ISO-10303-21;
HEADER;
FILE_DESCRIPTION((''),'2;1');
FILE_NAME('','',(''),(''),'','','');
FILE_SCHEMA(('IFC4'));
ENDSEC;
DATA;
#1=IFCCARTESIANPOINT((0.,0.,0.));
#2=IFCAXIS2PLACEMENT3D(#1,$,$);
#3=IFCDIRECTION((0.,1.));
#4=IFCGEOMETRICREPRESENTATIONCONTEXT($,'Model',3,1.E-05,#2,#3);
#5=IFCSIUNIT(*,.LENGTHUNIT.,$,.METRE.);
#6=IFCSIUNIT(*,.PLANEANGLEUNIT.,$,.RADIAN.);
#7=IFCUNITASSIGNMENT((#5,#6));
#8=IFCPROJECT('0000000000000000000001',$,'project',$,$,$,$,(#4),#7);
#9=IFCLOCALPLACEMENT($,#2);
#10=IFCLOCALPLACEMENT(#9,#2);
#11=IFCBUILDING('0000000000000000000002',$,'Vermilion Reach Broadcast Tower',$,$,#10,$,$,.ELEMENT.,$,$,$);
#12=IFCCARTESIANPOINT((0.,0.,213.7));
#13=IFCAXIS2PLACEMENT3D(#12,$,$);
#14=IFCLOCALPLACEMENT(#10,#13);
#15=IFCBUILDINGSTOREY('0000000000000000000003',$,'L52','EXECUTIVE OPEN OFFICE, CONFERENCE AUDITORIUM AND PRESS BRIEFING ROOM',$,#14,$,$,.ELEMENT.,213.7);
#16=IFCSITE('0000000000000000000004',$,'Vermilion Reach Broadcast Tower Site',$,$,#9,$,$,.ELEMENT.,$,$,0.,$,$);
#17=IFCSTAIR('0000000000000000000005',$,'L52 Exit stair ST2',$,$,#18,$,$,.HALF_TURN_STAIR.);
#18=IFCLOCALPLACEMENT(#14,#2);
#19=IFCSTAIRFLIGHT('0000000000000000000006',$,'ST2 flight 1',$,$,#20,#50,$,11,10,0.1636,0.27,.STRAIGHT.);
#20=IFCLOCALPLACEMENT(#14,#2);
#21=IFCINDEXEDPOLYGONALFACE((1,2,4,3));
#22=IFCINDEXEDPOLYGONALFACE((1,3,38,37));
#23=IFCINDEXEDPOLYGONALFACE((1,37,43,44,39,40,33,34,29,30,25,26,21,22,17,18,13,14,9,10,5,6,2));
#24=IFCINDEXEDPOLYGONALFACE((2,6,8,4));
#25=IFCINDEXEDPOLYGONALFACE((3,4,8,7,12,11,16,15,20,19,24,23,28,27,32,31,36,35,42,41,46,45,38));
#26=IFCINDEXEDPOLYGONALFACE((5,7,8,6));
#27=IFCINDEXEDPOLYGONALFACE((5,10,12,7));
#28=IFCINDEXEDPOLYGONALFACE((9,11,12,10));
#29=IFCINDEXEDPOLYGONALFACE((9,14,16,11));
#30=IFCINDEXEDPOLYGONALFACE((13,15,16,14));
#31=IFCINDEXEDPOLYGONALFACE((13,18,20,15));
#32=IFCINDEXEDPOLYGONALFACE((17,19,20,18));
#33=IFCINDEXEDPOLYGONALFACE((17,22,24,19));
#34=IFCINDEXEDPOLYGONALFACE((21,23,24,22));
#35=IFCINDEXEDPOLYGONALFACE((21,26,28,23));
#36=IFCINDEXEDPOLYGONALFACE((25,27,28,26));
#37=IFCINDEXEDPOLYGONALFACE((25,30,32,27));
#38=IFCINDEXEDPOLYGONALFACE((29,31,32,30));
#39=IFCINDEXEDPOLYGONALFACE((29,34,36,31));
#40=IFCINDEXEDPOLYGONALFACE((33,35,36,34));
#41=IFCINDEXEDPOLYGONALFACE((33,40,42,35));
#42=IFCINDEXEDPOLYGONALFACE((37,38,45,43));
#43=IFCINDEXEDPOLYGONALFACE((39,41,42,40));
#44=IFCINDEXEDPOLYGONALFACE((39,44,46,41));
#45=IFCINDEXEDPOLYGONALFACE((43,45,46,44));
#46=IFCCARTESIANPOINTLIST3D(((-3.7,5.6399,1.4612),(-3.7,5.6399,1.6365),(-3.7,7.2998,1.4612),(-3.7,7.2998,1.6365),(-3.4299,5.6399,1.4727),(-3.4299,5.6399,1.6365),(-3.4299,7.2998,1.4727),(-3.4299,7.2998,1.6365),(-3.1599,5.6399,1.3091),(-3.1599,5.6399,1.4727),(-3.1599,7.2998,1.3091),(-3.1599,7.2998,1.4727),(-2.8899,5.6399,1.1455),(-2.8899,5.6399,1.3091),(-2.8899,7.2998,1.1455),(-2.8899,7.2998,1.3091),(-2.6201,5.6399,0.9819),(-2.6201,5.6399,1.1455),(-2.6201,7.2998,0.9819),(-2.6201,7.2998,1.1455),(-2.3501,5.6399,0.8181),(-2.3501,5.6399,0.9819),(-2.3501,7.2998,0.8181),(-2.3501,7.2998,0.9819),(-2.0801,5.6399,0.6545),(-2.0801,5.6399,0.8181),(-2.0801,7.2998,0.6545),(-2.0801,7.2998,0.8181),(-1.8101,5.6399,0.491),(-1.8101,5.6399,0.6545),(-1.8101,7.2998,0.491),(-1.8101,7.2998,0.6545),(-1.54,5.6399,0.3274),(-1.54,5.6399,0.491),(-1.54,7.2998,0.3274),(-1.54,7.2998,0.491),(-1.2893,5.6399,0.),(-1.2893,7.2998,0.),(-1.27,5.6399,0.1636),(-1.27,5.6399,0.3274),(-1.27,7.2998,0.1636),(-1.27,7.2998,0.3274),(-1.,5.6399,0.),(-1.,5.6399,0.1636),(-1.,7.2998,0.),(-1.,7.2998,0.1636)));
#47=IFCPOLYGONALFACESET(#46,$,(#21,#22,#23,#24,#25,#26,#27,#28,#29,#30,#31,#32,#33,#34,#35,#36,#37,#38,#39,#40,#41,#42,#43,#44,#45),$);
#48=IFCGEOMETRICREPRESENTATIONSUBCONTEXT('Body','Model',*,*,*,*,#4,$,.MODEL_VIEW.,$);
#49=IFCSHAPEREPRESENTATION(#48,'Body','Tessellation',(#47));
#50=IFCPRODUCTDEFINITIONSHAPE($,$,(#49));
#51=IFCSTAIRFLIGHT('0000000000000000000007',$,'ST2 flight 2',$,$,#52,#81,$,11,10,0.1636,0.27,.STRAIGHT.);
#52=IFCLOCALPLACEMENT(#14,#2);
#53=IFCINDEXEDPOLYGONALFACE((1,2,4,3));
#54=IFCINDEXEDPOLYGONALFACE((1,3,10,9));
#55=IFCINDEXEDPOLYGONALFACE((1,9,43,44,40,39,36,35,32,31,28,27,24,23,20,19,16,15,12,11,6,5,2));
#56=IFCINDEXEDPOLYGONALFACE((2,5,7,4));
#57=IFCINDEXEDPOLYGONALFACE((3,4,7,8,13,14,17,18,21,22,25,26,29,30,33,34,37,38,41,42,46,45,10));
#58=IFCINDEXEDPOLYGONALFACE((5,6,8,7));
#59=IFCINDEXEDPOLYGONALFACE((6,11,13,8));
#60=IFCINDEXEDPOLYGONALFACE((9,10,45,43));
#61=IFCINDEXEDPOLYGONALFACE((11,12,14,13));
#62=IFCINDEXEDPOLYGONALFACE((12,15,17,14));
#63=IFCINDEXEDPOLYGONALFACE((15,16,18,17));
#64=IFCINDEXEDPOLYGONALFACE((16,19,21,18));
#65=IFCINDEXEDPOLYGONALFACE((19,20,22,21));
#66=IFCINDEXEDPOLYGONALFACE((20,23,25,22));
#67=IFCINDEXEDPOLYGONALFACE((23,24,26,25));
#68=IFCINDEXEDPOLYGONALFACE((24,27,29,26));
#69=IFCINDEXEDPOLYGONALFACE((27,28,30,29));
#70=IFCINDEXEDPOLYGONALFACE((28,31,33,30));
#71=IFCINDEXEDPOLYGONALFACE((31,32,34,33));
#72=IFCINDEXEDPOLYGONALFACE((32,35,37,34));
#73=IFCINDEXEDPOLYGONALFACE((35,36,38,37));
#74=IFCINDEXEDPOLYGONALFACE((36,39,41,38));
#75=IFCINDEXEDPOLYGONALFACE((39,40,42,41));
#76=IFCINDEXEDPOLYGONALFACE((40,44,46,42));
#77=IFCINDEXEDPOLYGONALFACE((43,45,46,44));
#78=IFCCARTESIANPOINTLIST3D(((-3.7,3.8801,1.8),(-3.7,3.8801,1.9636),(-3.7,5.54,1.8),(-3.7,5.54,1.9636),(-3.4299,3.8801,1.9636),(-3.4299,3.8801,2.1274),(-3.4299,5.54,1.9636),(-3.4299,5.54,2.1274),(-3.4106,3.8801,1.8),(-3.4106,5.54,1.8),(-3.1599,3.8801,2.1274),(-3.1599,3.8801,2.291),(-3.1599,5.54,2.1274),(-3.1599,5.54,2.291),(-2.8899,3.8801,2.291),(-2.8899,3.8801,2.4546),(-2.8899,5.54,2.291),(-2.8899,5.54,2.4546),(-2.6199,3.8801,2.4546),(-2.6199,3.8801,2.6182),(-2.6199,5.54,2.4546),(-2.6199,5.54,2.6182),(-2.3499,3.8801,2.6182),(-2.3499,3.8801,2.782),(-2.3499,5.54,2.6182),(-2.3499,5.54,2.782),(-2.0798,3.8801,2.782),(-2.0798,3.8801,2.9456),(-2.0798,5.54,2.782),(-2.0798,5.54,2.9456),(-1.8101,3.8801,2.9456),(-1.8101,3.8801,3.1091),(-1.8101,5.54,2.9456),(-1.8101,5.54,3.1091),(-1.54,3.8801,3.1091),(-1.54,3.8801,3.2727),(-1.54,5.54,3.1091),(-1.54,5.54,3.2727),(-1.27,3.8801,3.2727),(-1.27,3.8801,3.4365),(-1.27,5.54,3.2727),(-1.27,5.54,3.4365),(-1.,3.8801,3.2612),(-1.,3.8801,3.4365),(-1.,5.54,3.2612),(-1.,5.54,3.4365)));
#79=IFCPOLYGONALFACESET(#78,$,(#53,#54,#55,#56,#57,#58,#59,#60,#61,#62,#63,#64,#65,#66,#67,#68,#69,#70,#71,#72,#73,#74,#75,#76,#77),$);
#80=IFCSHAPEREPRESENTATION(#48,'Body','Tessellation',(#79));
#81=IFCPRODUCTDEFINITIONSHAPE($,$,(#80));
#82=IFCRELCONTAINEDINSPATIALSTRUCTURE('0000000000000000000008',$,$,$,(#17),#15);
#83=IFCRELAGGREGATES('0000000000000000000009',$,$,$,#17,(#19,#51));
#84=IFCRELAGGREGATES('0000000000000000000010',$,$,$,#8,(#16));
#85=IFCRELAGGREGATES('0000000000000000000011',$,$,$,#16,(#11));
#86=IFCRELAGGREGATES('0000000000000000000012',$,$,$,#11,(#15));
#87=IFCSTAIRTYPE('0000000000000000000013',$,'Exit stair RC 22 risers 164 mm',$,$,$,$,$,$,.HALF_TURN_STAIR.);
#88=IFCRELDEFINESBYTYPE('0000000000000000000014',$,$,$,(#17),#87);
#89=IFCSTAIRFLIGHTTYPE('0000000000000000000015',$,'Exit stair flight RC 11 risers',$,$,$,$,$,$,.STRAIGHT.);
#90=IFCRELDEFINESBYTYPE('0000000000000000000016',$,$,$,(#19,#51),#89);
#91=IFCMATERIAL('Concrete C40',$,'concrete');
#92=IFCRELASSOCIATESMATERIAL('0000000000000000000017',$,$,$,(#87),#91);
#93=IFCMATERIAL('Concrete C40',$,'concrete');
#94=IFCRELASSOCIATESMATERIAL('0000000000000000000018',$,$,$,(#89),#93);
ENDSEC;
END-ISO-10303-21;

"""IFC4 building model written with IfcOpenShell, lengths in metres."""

from ifc_helpers import new_model, si_unit, direction, frame, origin, place, context, subcontext, project, spatial, polyline, outline, extrude, material, type_object, element, aggregate, save


model = new_model("IFC4")

# Units and contexts
model_context = context("Model", 3, precision=1e-05, world=origin(), true_north=direction((0.0, 1.0)))
body_context = subcontext(model_context, "Body", "Model", "MODEL_VIEW")
ifc_project = project(units=[si_unit("LENGTHUNIT", "METRE"), si_unit("PLANEANGLEUNIT", "RADIAN")], contexts=[model_context])

# Site, building, storey
site_placement = place(None, origin())
site = spatial("IfcSite", under=ifc_project, at=site_placement, Name="Vermilion Reach Broadcast Tower Site", CompositionType="ELEMENT", RefElevation=0.0)
building_placement = place(site_placement, origin())
building = spatial("IfcBuilding", under=site, at=building_placement, Name="Vermilion Reach Broadcast Tower", CompositionType="ELEMENT")
storey_placement = place(building_placement, frame((0.0, 0.0, 213.7)))
storey = spatial("IfcBuildingStorey", under=building, at=storey_placement, Name="L52", Description="EXECUTIVE OPEN OFFICE, CONFERENCE AUDITORIUM AND PRESS BRIEFING ROOM", CompositionType="ELEMENT", Elevation=213.7)

# Shared definitions
ifc_material_1 = material(Name="Concrete C40", Category="concrete")
stair_type = type_object("IfcStairType", Name="Exit stair RC 22 risers 164 mm", PredefinedType="HALF_TURN_STAIR", material=ifc_material_1)
placement = place(storey_placement, origin())

# Stair, stair flights
stair_1 = element("IfcStair", 1, at=placement, inside=storey, type_object=stair_type, Name="L52 Exit stair ST2", PredefinedType="HALF_TURN_STAIR")
ifc_material_2 = material(Name="Concrete C40", Category="concrete")
stair_flight_type = type_object("IfcStairFlightType", Name="Exit stair flight RC 11 risers", PredefinedType="STRAIGHT", material=ifc_material_2)
stair_flight_1_placement = place(storey_placement, frame((-1.0, 6.47, 0.0), z_axis=(0.0, 0.0, 1.0), x_axis=(-1.0, 0.0, 0.0)))
stair_flight_1 = element("IfcStairFlight", 2, at=stair_flight_1_placement, type_object=stair_flight_type, Name="ST2 flight 1", NumberOfRisers=11, NumberOfTreads=10, PredefinedType="STRAIGHT", RiserHeight=0.1636, TreadLength=0.27, context=body_context, shape_type="SweptSolid", body=[
    extrude(outline(polyline([(0.0, 0.0), (0.0, 0.1636), (0.27, 0.1636), (0.27, 0.3274), (0.54, 0.3274), (0.54, 0.491), (0.8101, 0.491), (0.8101, 0.6545), (1.0801, 0.6545), (1.0801, 0.8181), (1.3501, 0.8181), (1.3501, 0.9819), (1.6201, 0.9819), (1.6201, 1.1455), (1.8899, 1.1455), (1.8899, 1.3091), (2.1599, 1.3091), (2.1599, 1.4727), (2.4299, 1.4727), (2.4299, 1.6365), (2.7, 1.6365), (2.7, 1.8), (2.7, 1.4612), (0.2893, 0.0), (0.0, 0.0)])), frame((0.0, 0.8301, 0.0), z_axis=(0.0, -1.0, 0.0), x_axis=(1.0, 0.0, 0.0)), (0.0, 0.0, 1.0), 1.6599),
])
stair_flight_2_placement = place(storey_placement, frame((-3.7, 4.71, 1.8), z_axis=(0.0, 0.0, 1.0), x_axis=(1.0, 0.0, 0.0)))
stair_flight_2 = element("IfcStairFlight", 3, at=stair_flight_2_placement, type_object=stair_flight_type, Name="ST2 flight 2", NumberOfRisers=11, NumberOfTreads=10, PredefinedType="STRAIGHT", RiserHeight=0.1636, TreadLength=0.27, context=body_context, shape_type="SweptSolid", body=[
    extrude(outline(polyline([(0.0, 0.0), (0.0, 0.1636), (0.27, 0.1636), (0.27, 0.3274), (0.54, 0.3274), (0.54, 0.491), (0.8101, 0.491), (0.8101, 0.6545), (1.0801, 0.6545), (1.0801, 0.8181), (1.3501, 0.8181), (1.3501, 0.9819), (1.6201, 0.9819), (1.6201, 1.1455), (1.8899, 1.1455), (1.8899, 1.3091), (2.1599, 1.3091), (2.1599, 1.4727), (2.4299, 1.4727), (2.4299, 1.6365), (2.7, 1.6365), (2.7, 1.8), (2.7, 1.4612), (0.2893, 0.0), (0.0, 0.0)])), frame((0.0, 0.8301, 0.0), z_axis=(0.0, -1.0, 0.0), x_axis=(1.0, 0.0, 0.0)), (0.0, 0.0, 1.0), 1.6599),
])
aggregate(stair_1, [stair_flight_1, stair_flight_2])

save(model, "model.ifc")
